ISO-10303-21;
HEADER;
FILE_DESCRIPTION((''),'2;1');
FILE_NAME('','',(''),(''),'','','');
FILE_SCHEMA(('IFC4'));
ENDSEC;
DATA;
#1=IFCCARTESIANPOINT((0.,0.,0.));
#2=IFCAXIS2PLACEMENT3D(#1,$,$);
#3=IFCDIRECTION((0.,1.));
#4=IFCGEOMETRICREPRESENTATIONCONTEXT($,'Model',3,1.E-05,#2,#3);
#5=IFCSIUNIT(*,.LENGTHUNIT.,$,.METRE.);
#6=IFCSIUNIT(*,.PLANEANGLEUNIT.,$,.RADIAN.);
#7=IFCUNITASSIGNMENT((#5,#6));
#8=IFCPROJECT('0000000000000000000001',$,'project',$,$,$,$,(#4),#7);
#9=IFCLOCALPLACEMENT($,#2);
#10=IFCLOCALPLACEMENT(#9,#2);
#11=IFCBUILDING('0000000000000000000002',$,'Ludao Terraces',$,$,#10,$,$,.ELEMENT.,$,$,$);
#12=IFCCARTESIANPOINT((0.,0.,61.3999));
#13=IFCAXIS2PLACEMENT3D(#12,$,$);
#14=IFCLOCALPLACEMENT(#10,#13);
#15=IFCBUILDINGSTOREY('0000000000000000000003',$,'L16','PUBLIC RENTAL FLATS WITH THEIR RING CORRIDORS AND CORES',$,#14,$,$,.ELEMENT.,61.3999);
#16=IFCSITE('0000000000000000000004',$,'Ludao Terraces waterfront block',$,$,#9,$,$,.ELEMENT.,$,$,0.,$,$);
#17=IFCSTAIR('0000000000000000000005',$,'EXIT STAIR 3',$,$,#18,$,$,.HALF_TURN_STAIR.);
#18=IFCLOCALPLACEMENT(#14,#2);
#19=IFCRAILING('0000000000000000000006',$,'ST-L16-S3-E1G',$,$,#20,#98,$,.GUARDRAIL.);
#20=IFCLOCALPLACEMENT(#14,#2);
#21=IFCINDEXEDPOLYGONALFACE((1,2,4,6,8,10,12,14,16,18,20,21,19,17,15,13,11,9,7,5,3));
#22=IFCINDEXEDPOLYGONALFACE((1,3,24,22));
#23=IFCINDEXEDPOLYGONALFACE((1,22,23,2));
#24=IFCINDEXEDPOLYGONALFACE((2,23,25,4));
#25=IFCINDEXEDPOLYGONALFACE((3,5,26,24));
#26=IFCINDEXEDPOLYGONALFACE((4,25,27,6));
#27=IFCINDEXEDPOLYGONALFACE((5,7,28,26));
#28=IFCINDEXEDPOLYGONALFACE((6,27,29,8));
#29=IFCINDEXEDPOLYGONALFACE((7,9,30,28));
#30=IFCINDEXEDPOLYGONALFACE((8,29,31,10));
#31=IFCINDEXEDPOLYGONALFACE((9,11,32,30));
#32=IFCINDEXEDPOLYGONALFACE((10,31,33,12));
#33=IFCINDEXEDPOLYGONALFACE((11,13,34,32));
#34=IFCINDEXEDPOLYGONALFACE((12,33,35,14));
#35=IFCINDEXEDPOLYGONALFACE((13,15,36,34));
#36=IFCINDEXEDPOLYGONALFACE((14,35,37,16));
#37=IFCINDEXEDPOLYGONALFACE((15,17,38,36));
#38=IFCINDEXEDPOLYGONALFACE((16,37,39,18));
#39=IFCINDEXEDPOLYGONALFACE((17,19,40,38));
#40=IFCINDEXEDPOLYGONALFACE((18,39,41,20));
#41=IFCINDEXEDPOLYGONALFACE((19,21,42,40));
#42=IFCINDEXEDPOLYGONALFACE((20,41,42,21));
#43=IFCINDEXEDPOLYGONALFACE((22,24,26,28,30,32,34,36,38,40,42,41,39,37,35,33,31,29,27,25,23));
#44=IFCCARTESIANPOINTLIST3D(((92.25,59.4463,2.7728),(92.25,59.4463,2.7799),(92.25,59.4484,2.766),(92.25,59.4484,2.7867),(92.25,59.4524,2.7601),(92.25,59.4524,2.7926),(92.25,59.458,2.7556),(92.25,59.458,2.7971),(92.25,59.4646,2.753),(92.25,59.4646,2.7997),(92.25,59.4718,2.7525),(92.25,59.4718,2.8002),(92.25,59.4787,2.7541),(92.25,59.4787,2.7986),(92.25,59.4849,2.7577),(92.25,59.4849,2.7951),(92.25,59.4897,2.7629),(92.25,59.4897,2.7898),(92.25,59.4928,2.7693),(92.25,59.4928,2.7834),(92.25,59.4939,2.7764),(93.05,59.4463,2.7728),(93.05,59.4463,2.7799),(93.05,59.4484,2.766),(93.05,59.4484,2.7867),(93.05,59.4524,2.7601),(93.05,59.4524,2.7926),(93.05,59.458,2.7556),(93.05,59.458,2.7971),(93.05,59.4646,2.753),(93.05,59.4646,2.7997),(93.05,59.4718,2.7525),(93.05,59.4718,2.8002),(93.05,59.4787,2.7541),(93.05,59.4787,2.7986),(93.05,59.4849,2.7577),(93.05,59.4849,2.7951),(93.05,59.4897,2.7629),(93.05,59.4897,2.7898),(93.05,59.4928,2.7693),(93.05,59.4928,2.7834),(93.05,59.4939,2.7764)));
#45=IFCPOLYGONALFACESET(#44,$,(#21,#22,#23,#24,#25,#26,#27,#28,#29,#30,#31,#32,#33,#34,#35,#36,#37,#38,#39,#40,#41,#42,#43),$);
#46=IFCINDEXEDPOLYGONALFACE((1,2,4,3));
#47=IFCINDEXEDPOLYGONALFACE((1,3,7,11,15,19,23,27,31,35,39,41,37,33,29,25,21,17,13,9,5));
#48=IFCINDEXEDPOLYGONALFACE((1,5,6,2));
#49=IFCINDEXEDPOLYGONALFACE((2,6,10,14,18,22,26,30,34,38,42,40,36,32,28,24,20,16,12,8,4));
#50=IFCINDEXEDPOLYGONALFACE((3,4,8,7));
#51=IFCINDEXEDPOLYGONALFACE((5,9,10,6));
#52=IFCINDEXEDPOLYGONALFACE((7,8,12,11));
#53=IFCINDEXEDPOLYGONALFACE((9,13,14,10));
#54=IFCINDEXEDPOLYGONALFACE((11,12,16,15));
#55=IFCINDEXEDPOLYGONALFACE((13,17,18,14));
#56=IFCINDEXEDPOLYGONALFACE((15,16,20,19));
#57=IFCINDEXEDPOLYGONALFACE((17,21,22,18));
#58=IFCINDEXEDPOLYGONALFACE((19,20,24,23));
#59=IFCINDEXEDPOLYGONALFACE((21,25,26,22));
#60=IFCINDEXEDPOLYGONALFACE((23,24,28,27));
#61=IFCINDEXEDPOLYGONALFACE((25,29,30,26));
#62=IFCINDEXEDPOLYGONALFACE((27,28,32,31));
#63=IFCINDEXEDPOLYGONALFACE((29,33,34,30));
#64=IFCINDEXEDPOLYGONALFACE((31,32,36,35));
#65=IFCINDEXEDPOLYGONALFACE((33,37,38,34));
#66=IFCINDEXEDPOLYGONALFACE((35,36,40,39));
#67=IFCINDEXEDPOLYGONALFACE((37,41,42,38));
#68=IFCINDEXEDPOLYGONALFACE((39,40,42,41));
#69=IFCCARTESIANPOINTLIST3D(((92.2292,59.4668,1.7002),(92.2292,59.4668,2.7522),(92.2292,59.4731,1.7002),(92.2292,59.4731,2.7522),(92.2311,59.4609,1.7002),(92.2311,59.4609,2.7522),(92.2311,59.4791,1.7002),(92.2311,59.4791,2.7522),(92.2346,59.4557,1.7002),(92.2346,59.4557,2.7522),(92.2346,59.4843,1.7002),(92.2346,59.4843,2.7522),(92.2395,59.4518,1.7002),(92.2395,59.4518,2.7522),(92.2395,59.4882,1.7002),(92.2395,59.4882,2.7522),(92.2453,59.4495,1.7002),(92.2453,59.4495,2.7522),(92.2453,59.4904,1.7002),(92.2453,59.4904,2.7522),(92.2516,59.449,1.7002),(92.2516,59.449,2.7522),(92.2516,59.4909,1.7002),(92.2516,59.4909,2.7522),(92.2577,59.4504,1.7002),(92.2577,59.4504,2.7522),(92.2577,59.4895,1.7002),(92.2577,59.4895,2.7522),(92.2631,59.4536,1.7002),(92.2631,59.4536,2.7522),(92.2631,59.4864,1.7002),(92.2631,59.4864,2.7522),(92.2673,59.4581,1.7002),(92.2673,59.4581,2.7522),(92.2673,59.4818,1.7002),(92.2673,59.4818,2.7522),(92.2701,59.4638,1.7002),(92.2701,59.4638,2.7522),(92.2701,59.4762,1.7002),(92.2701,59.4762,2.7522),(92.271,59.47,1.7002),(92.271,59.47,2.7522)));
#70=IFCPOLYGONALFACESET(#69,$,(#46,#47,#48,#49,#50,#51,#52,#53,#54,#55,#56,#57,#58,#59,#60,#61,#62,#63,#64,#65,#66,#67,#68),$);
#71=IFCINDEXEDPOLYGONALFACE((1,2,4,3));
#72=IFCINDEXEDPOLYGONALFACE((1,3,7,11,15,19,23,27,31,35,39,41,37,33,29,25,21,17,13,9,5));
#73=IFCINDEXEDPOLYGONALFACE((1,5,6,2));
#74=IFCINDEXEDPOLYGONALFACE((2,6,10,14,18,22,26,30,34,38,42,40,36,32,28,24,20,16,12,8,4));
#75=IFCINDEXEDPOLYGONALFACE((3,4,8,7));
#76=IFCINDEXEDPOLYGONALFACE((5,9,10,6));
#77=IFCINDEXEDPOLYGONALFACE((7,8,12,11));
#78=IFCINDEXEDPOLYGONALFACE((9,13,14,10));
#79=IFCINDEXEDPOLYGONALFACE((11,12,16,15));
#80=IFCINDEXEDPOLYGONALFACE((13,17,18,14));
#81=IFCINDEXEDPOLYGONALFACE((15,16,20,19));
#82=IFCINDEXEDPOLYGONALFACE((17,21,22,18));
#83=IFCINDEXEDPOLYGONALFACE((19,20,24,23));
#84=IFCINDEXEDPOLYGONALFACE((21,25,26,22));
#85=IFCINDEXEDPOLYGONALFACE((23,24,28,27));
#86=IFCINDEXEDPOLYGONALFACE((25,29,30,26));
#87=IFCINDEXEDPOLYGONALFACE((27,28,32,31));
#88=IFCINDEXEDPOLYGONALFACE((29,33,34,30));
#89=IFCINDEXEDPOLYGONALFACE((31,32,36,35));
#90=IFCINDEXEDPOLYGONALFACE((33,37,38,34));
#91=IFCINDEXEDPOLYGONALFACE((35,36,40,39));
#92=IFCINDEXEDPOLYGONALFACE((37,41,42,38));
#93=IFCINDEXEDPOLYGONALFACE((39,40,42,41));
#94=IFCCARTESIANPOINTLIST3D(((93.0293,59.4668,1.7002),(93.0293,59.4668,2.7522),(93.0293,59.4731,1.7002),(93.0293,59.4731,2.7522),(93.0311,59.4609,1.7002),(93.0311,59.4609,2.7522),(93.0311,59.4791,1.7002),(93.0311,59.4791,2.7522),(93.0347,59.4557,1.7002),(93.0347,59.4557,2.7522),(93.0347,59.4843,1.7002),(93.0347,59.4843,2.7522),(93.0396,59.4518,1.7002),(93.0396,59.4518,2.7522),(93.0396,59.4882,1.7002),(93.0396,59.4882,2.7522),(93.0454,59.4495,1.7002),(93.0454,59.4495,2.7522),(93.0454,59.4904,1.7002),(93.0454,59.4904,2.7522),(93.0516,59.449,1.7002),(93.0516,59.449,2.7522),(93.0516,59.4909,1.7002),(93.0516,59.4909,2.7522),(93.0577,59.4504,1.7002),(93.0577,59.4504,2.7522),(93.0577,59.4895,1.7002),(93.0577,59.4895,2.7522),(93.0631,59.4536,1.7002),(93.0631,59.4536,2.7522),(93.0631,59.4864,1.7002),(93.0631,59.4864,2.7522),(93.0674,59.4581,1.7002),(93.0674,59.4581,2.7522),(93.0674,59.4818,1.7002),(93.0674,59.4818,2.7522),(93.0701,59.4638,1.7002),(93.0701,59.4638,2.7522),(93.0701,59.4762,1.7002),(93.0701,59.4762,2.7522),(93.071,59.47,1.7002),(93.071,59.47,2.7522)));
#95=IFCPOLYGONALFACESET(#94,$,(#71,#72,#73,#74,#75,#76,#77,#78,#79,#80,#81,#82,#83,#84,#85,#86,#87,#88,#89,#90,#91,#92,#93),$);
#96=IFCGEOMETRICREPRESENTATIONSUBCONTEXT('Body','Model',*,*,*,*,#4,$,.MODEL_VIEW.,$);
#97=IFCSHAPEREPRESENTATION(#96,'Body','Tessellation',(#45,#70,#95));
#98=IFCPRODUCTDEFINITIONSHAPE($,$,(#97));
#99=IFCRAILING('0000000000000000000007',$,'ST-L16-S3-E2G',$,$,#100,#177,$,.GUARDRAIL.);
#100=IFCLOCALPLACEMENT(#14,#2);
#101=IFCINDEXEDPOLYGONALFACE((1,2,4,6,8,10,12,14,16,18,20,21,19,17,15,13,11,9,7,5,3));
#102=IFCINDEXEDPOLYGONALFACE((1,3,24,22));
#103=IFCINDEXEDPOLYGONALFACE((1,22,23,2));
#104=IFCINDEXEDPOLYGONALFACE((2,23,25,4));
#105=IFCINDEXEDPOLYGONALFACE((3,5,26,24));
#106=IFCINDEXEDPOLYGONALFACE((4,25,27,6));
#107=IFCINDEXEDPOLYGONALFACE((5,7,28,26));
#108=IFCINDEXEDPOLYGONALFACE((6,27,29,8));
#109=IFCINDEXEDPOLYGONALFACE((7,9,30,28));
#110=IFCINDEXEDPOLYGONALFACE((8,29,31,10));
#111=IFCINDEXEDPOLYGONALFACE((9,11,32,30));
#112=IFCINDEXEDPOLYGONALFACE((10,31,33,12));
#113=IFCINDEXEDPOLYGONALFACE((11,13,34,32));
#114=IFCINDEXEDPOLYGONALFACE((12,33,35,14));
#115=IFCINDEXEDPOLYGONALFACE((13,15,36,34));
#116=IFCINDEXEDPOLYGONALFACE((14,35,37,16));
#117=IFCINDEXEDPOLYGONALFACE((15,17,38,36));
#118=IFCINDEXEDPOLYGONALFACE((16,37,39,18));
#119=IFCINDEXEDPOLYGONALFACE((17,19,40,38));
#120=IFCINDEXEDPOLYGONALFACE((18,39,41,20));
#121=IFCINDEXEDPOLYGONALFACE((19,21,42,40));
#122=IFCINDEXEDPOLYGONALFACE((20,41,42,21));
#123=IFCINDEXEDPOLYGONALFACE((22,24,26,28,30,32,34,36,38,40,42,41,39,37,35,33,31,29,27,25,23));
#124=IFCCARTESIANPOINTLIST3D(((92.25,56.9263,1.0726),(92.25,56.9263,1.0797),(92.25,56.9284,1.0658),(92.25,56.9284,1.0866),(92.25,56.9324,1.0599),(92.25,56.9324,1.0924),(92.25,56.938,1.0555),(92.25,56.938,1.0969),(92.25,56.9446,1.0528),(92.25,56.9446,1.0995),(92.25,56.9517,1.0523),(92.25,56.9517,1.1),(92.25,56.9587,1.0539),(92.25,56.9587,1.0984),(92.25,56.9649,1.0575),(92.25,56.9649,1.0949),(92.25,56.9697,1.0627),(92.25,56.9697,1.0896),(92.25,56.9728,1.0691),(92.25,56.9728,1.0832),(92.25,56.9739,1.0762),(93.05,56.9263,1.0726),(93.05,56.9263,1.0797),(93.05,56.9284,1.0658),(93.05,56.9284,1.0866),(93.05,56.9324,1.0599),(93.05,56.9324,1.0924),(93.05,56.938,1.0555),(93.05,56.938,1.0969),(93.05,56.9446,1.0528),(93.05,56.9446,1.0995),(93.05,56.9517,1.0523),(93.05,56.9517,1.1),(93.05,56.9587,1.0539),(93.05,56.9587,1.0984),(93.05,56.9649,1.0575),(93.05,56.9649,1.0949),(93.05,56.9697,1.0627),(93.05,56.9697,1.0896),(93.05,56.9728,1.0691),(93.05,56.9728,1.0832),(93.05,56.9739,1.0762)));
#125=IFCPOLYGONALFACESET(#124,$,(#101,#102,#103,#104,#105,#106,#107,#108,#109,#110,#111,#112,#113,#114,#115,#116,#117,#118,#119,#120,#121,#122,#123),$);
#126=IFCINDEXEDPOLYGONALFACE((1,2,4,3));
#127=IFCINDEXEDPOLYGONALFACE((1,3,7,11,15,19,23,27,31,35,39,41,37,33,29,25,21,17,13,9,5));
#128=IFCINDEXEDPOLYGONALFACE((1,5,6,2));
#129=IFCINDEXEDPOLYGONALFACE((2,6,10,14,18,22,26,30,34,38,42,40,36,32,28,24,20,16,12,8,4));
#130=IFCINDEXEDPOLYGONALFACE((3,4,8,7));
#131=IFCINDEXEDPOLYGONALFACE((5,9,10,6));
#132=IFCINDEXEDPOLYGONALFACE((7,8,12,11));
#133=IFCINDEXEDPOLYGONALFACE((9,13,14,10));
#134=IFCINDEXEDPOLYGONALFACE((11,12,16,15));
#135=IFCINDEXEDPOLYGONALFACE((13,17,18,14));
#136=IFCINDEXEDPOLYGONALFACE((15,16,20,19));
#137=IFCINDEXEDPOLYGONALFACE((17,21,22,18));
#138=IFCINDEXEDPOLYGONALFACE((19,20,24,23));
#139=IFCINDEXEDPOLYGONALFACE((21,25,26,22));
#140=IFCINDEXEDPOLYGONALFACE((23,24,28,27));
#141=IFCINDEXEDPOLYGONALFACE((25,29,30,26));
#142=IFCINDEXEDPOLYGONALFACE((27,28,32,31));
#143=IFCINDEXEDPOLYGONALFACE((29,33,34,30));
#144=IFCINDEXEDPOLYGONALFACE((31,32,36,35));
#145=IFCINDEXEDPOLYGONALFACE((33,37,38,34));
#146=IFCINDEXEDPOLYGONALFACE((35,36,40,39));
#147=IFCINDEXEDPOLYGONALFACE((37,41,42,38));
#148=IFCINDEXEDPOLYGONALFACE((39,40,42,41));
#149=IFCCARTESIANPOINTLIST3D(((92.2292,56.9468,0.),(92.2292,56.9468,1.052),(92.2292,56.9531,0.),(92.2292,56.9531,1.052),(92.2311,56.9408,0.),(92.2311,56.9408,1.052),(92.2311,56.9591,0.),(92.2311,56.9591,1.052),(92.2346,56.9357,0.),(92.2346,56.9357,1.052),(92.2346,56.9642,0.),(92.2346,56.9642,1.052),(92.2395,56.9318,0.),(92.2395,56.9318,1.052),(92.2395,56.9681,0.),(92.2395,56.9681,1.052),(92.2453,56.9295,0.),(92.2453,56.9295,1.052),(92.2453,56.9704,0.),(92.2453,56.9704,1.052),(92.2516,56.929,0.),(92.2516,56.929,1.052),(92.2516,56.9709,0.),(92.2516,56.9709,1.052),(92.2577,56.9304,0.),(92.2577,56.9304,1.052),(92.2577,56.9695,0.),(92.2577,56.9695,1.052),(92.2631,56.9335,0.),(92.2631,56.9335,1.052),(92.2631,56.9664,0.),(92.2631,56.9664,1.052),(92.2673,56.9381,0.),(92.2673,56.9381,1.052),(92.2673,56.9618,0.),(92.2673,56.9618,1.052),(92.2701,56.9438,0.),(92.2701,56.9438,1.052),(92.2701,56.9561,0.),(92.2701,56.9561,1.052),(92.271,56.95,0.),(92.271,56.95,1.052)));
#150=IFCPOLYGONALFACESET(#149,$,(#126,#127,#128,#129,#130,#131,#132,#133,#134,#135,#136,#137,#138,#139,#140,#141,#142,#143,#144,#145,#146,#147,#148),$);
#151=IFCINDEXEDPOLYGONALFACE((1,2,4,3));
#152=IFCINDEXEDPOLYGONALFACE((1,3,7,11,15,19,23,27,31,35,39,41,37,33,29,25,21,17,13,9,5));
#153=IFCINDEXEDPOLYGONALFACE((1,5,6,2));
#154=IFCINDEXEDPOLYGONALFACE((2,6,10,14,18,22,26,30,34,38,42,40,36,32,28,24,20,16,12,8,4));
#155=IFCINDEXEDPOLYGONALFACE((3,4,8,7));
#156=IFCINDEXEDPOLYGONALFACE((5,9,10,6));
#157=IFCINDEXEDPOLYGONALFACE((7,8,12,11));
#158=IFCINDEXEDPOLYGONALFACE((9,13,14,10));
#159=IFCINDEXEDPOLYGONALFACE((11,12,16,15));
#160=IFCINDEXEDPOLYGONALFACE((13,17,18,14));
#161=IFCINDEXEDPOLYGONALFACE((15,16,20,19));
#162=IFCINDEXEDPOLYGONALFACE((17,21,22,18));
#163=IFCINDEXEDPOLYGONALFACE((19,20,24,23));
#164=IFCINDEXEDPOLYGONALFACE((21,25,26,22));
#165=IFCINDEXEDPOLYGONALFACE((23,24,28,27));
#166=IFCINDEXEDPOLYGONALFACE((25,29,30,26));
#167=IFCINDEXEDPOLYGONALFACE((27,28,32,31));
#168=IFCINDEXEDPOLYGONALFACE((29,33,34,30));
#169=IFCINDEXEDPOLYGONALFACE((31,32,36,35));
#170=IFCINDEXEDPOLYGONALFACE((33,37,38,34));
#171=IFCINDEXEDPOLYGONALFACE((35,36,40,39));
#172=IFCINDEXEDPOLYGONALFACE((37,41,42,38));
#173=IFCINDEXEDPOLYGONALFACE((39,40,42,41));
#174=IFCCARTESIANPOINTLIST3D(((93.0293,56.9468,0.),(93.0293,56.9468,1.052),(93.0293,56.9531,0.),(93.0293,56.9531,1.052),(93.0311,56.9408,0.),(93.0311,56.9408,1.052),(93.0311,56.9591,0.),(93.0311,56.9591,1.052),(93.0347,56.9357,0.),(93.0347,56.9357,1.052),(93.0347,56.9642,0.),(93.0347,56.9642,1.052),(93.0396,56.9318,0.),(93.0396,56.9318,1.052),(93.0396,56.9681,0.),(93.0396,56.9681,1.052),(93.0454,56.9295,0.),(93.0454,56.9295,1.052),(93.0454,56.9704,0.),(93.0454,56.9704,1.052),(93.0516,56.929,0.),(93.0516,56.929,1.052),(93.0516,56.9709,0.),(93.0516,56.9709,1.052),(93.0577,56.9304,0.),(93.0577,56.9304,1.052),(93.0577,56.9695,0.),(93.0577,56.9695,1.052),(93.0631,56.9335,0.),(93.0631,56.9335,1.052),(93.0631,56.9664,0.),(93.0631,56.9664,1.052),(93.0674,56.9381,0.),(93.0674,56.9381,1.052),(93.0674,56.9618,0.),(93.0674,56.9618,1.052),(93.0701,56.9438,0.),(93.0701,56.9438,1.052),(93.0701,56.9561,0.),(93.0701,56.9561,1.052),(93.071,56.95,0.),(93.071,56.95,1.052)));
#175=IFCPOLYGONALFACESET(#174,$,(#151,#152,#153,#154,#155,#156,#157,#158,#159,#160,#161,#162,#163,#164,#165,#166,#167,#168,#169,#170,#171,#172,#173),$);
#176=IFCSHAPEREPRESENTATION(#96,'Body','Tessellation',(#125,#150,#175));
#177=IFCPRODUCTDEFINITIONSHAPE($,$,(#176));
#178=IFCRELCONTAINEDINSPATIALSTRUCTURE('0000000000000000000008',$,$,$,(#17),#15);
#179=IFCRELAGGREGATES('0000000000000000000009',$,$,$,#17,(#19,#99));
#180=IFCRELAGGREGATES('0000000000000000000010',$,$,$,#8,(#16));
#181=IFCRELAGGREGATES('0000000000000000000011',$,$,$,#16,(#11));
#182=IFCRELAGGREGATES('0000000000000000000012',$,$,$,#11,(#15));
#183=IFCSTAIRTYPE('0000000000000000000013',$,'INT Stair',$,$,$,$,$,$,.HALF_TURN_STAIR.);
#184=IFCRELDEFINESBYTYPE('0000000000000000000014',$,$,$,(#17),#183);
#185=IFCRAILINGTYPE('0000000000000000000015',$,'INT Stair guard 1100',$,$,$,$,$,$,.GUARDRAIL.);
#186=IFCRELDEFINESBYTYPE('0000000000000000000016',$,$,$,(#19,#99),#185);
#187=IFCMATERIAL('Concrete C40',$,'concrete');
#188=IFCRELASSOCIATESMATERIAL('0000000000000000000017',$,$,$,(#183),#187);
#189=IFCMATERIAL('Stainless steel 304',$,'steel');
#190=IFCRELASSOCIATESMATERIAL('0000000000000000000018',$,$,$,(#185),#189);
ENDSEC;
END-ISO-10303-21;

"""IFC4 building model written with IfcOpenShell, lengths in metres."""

from ifc_helpers import new_model, si_unit, direction, frame, origin, origin_2d, place, context, subcontext, project, spatial, circle, extrude, material, type_object, element, aggregate, save


model = new_model("IFC4")

# Units and contexts
model_context = context("Model", 3, precision=1e-05, world=origin(), true_north=direction((0.0, 1.0)))
body_context = subcontext(model_context, "Body", "Model", "MODEL_VIEW")
ifc_project = project(units=[si_unit("LENGTHUNIT", "METRE"), si_unit("PLANEANGLEUNIT", "RADIAN")], contexts=[model_context])

# Site, building, storey
site_placement = place(None, origin())
site = spatial("IfcSite", under=ifc_project, at=site_placement, Name="Ludao Terraces waterfront block", CompositionType="ELEMENT", RefElevation=0.0)
building_placement = place(site_placement, origin())
building = spatial("IfcBuilding", under=site, at=building_placement, Name="Ludao Terraces", CompositionType="ELEMENT")
storey_placement = place(building_placement, frame((0.0, 0.0, 61.3999)))
storey = spatial("IfcBuildingStorey", under=building, at=storey_placement, Name="L16", Description="PUBLIC RENTAL FLATS WITH THEIR RING CORRIDORS AND CORES", CompositionType="ELEMENT", Elevation=61.3999)

# Stair, railings
ifc_material_1 = material(Name="Concrete C40", Category="concrete")
stair_type = type_object("IfcStairType", Name="INT Stair", PredefinedType="HALF_TURN_STAIR", material=ifc_material_1)
stair_placement = place(storey_placement, origin())
stair = element("IfcStair", 1, at=stair_placement, inside=storey, type_object=stair_type, Name="EXIT STAIR 3", PredefinedType="HALF_TURN_STAIR")
ifc_material_2 = material(Name="Stainless steel 304", Category="steel")
railing_type_1 = type_object("IfcRailingType", Name="INT Stair guard 1100", PredefinedType="GUARDRAIL", material=ifc_material_2)
railing_1_placement = place(storey_placement, frame((92.25, 59.47, 1.7002)))
railing_1 = element("IfcRailing", 2, at=railing_1_placement, type_object=railing_type_1, Name="ST-L16-S3-E1G", PredefinedType="GUARDRAIL", context=body_context, shape_type="SweptSolid", body=[
    extrude(circle(Radius=0.0239, at=origin_2d()), frame((0.0, 0.0, 1.0762), z_axis=(1.0, 0.0, 0.0), x_axis=(0.0, 1.0, 0.0)), (0.0, 0.0, 1.0), 0.8),
    extrude(circle(Radius=0.021, at=origin_2d()), origin(), (0.0, 0.0, 1.0), 1.052),
    extrude(circle(Radius=0.021, at=origin_2d()), frame((0.8, 0.0, 0.0)), (0.0, 0.0, 1.0), 1.052),
])
railing_2_placement = place(storey_placement, frame((92.25, 56.95, 0.0)))
railing_2 = element("IfcRailing", 3, at=railing_2_placement, type_object=railing_type_1, Name="ST-L16-S3-E2G", PredefinedType="GUARDRAIL", context=body_context, shape_type="SweptSolid", body=[
    extrude(circle(Radius=0.0239, at=origin_2d()), frame((0.0, 0.0, 1.0762), z_axis=(1.0, 0.0, 0.0), x_axis=(0.0, 1.0, 0.0)), (0.0, 0.0, 1.0), 0.8),
    extrude(circle(Radius=0.021, at=origin_2d()), origin(), (0.0, 0.0, 1.0), 1.052),
    extrude(circle(Radius=0.021, at=origin_2d()), frame((0.8, 0.0, 0.0)), (0.0, 0.0, 1.0), 1.052),
])
aggregate(stair, [railing_1, railing_2])

save(model, "model.ifc")
